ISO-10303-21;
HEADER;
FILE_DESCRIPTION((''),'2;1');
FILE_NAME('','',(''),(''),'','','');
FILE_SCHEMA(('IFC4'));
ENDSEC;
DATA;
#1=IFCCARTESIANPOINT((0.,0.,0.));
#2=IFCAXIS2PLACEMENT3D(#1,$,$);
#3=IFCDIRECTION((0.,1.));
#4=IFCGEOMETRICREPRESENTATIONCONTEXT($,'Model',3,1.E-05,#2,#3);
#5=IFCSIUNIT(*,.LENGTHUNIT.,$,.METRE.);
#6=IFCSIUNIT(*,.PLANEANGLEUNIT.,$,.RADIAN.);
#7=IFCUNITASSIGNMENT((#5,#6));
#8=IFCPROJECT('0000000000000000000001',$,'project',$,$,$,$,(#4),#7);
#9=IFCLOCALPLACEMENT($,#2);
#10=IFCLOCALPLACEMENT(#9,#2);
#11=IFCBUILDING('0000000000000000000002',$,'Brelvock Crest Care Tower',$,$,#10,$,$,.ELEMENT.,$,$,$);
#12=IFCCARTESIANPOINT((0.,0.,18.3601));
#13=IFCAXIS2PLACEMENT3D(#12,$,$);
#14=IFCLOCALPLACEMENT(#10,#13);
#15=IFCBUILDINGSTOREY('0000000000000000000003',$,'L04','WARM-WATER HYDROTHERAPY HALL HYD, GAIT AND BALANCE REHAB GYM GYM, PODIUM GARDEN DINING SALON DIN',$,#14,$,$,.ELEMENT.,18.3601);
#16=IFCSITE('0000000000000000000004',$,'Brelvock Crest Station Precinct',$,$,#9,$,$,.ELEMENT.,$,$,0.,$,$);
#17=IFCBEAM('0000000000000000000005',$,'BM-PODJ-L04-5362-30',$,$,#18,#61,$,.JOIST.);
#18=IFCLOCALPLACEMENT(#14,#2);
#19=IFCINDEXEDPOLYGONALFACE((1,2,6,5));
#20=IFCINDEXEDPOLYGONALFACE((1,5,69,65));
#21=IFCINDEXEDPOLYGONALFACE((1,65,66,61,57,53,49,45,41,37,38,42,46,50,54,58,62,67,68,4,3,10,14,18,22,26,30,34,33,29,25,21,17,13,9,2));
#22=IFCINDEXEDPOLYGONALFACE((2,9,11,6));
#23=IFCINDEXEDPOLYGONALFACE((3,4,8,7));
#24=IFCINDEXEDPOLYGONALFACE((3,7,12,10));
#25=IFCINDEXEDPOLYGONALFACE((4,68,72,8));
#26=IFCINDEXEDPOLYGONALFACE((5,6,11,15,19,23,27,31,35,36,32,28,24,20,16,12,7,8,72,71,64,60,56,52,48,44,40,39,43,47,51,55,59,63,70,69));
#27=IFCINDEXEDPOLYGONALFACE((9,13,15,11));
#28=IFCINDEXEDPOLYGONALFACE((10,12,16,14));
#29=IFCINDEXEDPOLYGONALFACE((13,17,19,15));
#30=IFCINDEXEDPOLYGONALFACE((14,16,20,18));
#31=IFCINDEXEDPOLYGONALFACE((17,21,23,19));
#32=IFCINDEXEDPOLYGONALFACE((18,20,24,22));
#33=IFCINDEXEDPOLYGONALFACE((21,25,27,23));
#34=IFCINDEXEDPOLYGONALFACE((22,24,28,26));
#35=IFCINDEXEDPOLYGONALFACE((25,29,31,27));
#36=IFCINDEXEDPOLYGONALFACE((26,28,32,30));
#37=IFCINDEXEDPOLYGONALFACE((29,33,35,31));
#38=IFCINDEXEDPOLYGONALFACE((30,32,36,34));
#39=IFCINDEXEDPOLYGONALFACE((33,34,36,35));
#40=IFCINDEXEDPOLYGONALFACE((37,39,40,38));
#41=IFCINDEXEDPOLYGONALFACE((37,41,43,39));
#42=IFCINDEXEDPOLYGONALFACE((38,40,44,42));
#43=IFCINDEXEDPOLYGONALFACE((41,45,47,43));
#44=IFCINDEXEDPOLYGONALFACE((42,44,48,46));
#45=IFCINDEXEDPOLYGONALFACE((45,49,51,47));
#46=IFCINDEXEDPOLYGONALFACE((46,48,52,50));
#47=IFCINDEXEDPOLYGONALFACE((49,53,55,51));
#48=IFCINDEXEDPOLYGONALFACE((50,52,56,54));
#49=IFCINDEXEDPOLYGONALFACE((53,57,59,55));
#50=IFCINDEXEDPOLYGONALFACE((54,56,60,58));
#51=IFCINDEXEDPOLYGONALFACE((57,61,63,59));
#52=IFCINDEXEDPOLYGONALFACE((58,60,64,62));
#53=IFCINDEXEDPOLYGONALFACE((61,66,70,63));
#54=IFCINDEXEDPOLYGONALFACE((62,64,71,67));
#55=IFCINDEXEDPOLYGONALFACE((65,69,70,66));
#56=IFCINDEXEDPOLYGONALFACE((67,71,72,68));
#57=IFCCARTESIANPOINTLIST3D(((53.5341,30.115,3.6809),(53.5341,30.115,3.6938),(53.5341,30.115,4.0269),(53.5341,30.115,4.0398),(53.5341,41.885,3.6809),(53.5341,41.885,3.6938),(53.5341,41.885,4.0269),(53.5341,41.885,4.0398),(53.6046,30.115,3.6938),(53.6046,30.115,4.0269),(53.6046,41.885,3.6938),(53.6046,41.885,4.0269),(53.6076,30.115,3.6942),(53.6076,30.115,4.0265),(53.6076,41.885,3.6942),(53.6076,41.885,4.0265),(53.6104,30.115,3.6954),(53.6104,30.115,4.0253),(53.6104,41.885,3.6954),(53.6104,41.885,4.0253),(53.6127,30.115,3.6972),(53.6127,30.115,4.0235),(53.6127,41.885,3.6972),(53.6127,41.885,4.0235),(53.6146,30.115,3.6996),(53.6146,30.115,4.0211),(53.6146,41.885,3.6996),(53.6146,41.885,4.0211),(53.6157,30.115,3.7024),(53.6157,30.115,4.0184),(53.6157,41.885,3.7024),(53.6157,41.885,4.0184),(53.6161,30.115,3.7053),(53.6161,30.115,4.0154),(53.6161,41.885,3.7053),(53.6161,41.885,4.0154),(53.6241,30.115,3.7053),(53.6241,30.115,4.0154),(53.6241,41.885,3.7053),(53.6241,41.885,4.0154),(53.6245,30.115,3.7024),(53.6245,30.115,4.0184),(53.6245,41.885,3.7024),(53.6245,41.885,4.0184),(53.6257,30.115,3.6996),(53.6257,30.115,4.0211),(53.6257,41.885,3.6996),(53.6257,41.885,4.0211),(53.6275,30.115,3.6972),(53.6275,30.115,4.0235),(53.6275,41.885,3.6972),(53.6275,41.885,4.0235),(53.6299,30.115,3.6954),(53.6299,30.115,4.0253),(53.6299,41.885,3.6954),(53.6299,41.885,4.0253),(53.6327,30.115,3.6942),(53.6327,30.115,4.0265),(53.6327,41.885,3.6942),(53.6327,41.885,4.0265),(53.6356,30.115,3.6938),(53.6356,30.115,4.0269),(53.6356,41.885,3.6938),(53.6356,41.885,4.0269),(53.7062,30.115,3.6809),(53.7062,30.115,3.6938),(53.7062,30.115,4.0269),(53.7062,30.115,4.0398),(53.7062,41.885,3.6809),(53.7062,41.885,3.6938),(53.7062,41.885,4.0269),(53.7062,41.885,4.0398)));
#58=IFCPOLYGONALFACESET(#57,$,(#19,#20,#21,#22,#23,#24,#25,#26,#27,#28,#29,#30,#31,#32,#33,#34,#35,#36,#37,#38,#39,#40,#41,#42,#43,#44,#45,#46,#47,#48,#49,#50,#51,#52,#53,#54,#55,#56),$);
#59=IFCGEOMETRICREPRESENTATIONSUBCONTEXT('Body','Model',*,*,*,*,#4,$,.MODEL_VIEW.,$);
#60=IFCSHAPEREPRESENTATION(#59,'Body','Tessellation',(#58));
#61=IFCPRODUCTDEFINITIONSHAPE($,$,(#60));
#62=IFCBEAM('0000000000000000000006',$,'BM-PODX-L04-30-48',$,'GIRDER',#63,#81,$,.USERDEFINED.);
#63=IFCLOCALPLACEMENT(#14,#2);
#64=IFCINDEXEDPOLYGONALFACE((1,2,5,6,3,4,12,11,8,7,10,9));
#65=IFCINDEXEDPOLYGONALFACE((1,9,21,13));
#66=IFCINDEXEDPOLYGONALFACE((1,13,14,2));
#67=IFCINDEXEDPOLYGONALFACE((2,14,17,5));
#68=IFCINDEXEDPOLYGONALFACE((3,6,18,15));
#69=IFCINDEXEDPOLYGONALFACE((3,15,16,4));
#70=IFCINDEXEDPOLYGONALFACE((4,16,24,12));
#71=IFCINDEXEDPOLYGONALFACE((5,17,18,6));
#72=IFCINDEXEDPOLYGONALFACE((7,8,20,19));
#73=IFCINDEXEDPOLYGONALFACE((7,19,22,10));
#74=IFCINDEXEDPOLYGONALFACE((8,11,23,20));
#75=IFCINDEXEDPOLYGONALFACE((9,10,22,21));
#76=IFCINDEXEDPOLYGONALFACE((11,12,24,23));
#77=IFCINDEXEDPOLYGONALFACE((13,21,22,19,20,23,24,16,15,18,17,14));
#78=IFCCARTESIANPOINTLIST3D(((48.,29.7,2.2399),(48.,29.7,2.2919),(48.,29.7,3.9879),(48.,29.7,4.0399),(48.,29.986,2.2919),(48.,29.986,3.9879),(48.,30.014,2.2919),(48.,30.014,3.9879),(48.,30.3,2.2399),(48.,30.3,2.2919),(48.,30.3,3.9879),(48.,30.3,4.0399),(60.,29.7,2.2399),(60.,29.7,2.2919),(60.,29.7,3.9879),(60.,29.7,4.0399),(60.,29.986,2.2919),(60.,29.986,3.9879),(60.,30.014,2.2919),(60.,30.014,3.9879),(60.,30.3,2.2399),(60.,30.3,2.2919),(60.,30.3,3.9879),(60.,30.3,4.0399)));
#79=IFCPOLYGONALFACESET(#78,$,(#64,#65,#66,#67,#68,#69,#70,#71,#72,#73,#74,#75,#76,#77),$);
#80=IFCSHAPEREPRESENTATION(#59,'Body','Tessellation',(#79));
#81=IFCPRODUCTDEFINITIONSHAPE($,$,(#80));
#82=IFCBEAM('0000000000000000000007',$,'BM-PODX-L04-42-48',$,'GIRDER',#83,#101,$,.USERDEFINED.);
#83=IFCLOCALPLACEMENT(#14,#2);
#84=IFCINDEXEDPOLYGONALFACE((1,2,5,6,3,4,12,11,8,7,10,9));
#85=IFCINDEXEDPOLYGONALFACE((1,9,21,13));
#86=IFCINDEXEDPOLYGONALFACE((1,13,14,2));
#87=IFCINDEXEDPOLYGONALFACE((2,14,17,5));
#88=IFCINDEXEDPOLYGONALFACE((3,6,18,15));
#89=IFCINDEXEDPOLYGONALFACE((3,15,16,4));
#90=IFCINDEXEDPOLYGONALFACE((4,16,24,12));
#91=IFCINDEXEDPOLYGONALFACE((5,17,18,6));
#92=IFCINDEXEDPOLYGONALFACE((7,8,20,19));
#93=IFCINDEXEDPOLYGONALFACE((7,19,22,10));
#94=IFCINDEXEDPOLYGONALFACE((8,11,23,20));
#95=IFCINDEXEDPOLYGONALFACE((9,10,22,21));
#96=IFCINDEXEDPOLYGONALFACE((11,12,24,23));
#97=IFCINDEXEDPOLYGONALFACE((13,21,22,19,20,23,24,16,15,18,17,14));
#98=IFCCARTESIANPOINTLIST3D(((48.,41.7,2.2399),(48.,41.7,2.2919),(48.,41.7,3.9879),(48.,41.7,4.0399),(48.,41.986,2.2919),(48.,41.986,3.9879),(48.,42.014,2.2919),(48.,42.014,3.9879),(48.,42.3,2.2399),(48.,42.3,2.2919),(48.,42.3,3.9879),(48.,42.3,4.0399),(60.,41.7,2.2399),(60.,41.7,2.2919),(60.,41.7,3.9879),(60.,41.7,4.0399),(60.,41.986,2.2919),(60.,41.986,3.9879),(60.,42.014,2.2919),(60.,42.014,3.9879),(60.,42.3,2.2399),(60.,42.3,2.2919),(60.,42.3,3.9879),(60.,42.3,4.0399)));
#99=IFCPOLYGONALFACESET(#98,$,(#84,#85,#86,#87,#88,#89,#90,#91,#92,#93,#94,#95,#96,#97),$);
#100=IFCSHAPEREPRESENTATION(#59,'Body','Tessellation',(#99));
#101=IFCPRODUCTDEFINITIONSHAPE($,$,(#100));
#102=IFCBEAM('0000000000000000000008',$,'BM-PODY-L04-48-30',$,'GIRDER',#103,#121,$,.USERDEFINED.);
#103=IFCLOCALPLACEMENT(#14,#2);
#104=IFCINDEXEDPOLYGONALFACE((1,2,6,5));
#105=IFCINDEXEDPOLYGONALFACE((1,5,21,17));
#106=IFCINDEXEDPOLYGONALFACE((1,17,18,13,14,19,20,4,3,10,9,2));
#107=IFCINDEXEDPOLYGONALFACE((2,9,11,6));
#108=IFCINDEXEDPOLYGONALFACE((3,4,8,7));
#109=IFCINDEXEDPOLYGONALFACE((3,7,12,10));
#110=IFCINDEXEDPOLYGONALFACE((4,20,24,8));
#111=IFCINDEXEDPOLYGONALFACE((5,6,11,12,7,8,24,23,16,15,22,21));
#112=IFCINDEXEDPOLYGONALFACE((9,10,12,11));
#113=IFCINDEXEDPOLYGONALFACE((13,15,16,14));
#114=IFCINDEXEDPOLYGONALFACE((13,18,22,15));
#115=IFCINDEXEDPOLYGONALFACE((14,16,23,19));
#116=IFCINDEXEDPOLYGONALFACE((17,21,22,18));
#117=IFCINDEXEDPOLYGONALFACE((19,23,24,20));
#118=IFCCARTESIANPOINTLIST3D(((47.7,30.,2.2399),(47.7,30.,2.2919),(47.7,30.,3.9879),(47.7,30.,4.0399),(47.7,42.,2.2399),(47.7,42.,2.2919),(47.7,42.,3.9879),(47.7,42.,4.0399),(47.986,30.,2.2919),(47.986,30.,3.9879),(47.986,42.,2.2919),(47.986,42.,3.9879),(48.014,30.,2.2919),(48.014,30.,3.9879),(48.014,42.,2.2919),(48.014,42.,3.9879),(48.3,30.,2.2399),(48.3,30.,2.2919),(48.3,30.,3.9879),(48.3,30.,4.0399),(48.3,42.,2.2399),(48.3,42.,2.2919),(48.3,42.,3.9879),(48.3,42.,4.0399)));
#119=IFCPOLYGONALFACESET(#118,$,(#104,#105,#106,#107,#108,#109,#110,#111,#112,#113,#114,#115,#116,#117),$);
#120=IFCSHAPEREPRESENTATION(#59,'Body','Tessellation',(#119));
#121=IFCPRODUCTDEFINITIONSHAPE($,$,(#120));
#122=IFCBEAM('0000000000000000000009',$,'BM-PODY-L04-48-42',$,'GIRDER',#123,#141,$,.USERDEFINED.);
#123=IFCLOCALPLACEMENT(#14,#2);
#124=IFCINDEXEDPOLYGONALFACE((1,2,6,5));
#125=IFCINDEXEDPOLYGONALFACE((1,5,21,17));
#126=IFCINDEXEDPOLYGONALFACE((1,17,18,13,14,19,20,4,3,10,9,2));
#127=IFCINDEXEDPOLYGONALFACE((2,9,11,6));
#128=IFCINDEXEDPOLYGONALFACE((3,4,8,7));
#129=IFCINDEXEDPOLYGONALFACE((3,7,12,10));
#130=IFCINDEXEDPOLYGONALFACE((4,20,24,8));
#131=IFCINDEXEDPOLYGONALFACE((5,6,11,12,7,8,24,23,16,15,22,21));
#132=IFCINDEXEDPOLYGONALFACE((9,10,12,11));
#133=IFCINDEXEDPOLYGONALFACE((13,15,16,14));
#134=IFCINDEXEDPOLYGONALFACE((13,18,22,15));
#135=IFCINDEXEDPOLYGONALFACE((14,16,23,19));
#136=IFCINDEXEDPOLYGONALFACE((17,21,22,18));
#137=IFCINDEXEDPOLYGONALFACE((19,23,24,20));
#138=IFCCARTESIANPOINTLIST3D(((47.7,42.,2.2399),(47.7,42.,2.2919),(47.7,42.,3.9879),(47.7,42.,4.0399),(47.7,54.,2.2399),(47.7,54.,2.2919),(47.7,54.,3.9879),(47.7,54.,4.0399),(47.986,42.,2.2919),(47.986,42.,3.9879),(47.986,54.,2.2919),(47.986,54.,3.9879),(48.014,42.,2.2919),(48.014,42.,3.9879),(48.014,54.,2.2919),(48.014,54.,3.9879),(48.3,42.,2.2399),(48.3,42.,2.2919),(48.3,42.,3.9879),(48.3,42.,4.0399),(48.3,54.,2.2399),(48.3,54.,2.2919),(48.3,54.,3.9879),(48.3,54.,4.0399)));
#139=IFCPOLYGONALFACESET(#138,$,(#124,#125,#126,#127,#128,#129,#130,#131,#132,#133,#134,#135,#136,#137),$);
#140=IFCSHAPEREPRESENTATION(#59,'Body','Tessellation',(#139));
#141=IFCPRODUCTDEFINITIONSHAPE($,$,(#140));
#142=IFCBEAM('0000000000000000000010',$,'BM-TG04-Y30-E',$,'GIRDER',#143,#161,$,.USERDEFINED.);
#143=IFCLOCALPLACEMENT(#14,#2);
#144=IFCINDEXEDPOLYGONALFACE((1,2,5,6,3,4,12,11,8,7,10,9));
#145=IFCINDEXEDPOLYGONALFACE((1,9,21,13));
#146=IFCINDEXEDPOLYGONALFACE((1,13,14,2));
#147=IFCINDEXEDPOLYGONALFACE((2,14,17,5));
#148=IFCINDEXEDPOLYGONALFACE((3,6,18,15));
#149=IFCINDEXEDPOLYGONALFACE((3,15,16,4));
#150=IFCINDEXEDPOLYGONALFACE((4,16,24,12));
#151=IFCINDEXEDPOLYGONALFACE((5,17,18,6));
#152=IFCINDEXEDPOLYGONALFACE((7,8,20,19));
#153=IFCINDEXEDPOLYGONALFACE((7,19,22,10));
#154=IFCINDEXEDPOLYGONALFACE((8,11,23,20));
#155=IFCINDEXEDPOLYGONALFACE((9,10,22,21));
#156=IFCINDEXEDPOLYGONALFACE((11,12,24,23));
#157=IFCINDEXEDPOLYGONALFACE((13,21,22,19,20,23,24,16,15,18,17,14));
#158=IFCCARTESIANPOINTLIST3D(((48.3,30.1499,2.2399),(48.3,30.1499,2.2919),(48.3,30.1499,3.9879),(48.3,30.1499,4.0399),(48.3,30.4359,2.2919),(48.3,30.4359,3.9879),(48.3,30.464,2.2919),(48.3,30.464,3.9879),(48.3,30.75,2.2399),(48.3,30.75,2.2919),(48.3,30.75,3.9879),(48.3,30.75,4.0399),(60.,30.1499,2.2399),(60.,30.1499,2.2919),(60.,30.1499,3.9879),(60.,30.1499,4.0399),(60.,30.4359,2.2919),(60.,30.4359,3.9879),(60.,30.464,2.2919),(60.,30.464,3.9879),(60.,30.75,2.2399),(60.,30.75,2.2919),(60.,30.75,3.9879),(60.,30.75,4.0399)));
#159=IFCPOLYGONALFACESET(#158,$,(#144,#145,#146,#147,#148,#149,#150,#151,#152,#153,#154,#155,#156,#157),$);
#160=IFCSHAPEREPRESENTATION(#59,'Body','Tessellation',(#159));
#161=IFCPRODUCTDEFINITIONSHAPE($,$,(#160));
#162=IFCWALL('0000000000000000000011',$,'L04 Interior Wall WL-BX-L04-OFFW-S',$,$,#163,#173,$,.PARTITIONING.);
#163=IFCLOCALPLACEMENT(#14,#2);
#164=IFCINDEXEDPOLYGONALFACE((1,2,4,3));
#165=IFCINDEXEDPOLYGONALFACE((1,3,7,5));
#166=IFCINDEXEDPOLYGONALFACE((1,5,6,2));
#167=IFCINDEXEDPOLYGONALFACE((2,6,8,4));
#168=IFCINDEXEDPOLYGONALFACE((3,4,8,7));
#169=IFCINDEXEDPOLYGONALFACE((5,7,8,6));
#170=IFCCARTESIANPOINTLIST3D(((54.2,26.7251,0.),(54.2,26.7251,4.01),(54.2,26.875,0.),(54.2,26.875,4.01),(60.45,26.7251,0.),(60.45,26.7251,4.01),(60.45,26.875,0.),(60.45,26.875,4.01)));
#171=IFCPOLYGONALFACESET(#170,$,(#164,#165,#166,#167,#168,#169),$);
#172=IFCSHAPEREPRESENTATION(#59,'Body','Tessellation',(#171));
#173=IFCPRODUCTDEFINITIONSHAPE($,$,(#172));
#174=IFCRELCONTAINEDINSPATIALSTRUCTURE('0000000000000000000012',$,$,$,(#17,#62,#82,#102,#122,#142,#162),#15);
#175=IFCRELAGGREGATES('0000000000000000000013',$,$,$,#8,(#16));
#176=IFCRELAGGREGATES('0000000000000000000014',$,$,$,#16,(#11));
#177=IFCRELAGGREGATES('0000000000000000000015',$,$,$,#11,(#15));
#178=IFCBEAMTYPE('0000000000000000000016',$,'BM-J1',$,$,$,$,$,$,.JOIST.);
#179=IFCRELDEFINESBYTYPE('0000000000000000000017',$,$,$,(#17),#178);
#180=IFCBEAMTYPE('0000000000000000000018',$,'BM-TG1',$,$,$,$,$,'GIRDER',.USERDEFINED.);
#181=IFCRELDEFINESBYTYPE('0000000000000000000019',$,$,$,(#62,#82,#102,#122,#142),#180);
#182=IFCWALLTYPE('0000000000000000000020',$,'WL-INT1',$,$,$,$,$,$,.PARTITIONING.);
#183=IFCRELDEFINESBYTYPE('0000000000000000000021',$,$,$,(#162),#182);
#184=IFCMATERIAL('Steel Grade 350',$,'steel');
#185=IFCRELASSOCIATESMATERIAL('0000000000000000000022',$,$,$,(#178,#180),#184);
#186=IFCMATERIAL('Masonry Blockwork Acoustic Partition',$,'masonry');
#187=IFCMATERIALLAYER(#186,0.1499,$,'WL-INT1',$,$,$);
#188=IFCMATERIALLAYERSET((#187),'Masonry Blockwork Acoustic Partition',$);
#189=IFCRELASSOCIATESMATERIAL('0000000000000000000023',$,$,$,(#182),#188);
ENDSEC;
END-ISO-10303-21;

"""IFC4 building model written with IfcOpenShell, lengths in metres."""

from ifc_helpers import new_model, si_unit, direction, frame, frame_2d, origin, origin_2d, place, context, subcontext, project, spatial, rectangle, i_section, extrude, source, transform, mapped, material, layer, layer_set, material_profile, profile_set, type_object, element, save


model = new_model("IFC4")

# Units and contexts
model_context = context("Model", 3, precision=1e-05, world=origin(), true_north=direction((0.0, 1.0)))
body_context = subcontext(model_context, "Body", "Model", "MODEL_VIEW")
ifc_project = project(units=[si_unit("LENGTHUNIT", "METRE"), si_unit("PLANEANGLEUNIT", "RADIAN")], contexts=[model_context])

# Site, building, storey
site_placement = place(None, origin())
site = spatial("IfcSite", under=ifc_project, at=site_placement, Name="Brelvock Crest Station Precinct", CompositionType="ELEMENT", RefElevation=0.0)
building_placement = place(site_placement, origin())
building = spatial("IfcBuilding", under=site, at=building_placement, Name="Brelvock Crest Care Tower", CompositionType="ELEMENT")
storey_placement = place(building_placement, frame((0.0, 0.0, 18.3601)))
storey = spatial("IfcBuildingStorey", under=building, at=storey_placement, Name="L04", Description="WARM-WATER HYDROTHERAPY HALL HYD, GAIT AND BALANCE REHAB GYM GYM, PODIUM GARDEN DINING SALON DIN", CompositionType="ELEMENT", Elevation=18.3601)

# Shared definitions
ifc_material_1 = material(Name="Steel Grade 350", Category="steel")

# Beams
ifc_material_profile_1 = material_profile(ifc_material_1, i_section(OverallWidth=0.1721, OverallDepth=0.3589, WebThickness=0.0081, FlangeThickness=0.0129, FilletRadius=0.0115, at=origin_2d()), Name="360UB56.7")
ifc_profile_set_1 = profile_set([ifc_material_profile_1], Name="Steel Grade 350")
beam_type_1 = type_object("IfcBeamType", Name="BM-J1", PredefinedType="JOIST", material=ifc_profile_set_1)
shared_shape_1 = source(origin(), body_context, "Body", "SweptSolid", [
    extrude(i_section(OverallWidth=0.1721, OverallDepth=0.3589, WebThickness=0.0081, FlangeThickness=0.0129, FilletRadius=0.0115, at=origin_2d()), origin(), (0.0, 0.0, 1.0), 11.77),
])
for number, where, z_axis, x_axis, name in (
    (1, (53.6201, 30.115, 3.8604), (0.0, 1.0, 0.0), (-1.0, 0.0, 0.0), "BM-PODJ-L04-5362-30"),
):
    element("IfcBeam", number, at=place(storey_placement, frame(where, z_axis=z_axis, x_axis=x_axis)), inside=storey, type_object=beam_type_1, Name=name, PredefinedType="JOIST", context=body_context, shape_type="MappedRepresentation", body=[
        mapped(shared_shape_1, transform((0.0, 0.0, 0.0), x_axis=(1.0, 0.0, 0.0), y_axis=(0.0, 1.0, 0.0), z_axis=(0.0, 0.0, 1.0), scale=1.0)),
    ])
ifc_material_profile_2 = material_profile(ifc_material_1, i_section(OverallWidth=0.6001, OverallDepth=1.8, WebThickness=0.0281, FlangeThickness=0.052, at=origin_2d()), Name="1800TG740")
ifc_profile_set_2 = profile_set([ifc_material_profile_2], Name="Steel Grade 350")
beam_type_2 = type_object("IfcBeamType", Name="BM-TG1", ElementType="GIRDER", PredefinedType="USERDEFINED", material=ifc_profile_set_2)
shared_shape_2 = source(origin(), body_context, "Body", "SweptSolid", [
    extrude(i_section(OverallWidth=0.6001, OverallDepth=1.8, WebThickness=0.0281, FlangeThickness=0.052, at=origin_2d()), origin(), (0.0, 0.0, 1.0), 12.0),
])
for number, where, z_axis, x_axis, name in (
    (2, (48.0, 30.0, 3.1399), (1.0, 0.0, 0.0), (0.0, 1.0, 0.0), "BM-PODX-L04-30-48"),
    (3, (48.0, 42.0, 3.1399), (1.0, 0.0, 0.0), (0.0, 1.0, 0.0), "BM-PODX-L04-42-48"),
    (4, (48.0, 30.0, 3.1399), (0.0, 1.0, 0.0), (-1.0, 0.0, 0.0), "BM-PODY-L04-48-30"),
    (5, (48.0, 42.0, 3.1399), (0.0, 1.0, 0.0), (-1.0, 0.0, 0.0), "BM-PODY-L04-48-42"),
):
    element("IfcBeam", number, at=place(storey_placement, frame(where, z_axis=z_axis, x_axis=x_axis)), inside=storey, type_object=beam_type_2, Name=name, ObjectType="GIRDER", PredefinedType="USERDEFINED", context=body_context, shape_type="MappedRepresentation", body=[
        mapped(shared_shape_2, transform((0.0, 0.0, 0.0), x_axis=(1.0, 0.0, 0.0), y_axis=(0.0, 1.0, 0.0), z_axis=(0.0, 0.0, 1.0), scale=1.0)),
    ])
shared_shape_3 = source(origin(), body_context, "Body", "SweptSolid", [
    extrude(i_section(OverallWidth=0.6001, OverallDepth=1.8, WebThickness=0.0281, FlangeThickness=0.052, at=origin_2d()), origin(), (0.0, 0.0, 1.0), 11.7),
])
beam_placement = place(storey_placement, frame((48.3, 30.45, 3.1399), z_axis=(1.0, 0.0, 0.0), x_axis=(0.0, 1.0, 0.0)))
element("IfcBeam", 6, at=beam_placement, inside=storey, type_object=beam_type_2, Name="BM-TG04-Y30-E", ObjectType="GIRDER", PredefinedType="USERDEFINED", context=body_context, shape_type="MappedRepresentation", body=[
    mapped(shared_shape_3, transform((0.0, 0.0, 0.0), x_axis=(1.0, 0.0, 0.0), y_axis=(0.0, 1.0, 0.0), z_axis=(0.0, 0.0, 1.0), scale=1.0)),
])

# Wall
ifc_material_2 = material(Name="Masonry Blockwork Acoustic Partition", Category="masonry")
ifc_layer_1 = layer(ifc_material_2, 0.1499, Name="WL-INT1")
ifc_layer_set_1 = layer_set([ifc_layer_1], Name="Masonry Blockwork Acoustic Partition")
wall_type_1 = type_object("IfcWallType", Name="WL-INT1", PredefinedType="PARTITIONING", material=ifc_layer_set_1)
wall_1_placement = place(storey_placement, frame((54.2, 26.8, 0.0), z_axis=(0.0, 0.0, 1.0), x_axis=(1.0, 0.0, 0.0)))
element("IfcWall", 7, at=wall_1_placement, inside=storey, type_object=wall_type_1, Name="L04 Interior Wall WL-BX-L04-OFFW-S", PredefinedType="PARTITIONING", context=body_context, shape_type="SweptSolid", body=[
    extrude(rectangle(XDim=6.25, YDim=0.1499, at=frame_2d((3.125, 0.0))), origin(), (0.0, 0.0, 1.0), 4.01),
])

save(model, "model.ifc")
